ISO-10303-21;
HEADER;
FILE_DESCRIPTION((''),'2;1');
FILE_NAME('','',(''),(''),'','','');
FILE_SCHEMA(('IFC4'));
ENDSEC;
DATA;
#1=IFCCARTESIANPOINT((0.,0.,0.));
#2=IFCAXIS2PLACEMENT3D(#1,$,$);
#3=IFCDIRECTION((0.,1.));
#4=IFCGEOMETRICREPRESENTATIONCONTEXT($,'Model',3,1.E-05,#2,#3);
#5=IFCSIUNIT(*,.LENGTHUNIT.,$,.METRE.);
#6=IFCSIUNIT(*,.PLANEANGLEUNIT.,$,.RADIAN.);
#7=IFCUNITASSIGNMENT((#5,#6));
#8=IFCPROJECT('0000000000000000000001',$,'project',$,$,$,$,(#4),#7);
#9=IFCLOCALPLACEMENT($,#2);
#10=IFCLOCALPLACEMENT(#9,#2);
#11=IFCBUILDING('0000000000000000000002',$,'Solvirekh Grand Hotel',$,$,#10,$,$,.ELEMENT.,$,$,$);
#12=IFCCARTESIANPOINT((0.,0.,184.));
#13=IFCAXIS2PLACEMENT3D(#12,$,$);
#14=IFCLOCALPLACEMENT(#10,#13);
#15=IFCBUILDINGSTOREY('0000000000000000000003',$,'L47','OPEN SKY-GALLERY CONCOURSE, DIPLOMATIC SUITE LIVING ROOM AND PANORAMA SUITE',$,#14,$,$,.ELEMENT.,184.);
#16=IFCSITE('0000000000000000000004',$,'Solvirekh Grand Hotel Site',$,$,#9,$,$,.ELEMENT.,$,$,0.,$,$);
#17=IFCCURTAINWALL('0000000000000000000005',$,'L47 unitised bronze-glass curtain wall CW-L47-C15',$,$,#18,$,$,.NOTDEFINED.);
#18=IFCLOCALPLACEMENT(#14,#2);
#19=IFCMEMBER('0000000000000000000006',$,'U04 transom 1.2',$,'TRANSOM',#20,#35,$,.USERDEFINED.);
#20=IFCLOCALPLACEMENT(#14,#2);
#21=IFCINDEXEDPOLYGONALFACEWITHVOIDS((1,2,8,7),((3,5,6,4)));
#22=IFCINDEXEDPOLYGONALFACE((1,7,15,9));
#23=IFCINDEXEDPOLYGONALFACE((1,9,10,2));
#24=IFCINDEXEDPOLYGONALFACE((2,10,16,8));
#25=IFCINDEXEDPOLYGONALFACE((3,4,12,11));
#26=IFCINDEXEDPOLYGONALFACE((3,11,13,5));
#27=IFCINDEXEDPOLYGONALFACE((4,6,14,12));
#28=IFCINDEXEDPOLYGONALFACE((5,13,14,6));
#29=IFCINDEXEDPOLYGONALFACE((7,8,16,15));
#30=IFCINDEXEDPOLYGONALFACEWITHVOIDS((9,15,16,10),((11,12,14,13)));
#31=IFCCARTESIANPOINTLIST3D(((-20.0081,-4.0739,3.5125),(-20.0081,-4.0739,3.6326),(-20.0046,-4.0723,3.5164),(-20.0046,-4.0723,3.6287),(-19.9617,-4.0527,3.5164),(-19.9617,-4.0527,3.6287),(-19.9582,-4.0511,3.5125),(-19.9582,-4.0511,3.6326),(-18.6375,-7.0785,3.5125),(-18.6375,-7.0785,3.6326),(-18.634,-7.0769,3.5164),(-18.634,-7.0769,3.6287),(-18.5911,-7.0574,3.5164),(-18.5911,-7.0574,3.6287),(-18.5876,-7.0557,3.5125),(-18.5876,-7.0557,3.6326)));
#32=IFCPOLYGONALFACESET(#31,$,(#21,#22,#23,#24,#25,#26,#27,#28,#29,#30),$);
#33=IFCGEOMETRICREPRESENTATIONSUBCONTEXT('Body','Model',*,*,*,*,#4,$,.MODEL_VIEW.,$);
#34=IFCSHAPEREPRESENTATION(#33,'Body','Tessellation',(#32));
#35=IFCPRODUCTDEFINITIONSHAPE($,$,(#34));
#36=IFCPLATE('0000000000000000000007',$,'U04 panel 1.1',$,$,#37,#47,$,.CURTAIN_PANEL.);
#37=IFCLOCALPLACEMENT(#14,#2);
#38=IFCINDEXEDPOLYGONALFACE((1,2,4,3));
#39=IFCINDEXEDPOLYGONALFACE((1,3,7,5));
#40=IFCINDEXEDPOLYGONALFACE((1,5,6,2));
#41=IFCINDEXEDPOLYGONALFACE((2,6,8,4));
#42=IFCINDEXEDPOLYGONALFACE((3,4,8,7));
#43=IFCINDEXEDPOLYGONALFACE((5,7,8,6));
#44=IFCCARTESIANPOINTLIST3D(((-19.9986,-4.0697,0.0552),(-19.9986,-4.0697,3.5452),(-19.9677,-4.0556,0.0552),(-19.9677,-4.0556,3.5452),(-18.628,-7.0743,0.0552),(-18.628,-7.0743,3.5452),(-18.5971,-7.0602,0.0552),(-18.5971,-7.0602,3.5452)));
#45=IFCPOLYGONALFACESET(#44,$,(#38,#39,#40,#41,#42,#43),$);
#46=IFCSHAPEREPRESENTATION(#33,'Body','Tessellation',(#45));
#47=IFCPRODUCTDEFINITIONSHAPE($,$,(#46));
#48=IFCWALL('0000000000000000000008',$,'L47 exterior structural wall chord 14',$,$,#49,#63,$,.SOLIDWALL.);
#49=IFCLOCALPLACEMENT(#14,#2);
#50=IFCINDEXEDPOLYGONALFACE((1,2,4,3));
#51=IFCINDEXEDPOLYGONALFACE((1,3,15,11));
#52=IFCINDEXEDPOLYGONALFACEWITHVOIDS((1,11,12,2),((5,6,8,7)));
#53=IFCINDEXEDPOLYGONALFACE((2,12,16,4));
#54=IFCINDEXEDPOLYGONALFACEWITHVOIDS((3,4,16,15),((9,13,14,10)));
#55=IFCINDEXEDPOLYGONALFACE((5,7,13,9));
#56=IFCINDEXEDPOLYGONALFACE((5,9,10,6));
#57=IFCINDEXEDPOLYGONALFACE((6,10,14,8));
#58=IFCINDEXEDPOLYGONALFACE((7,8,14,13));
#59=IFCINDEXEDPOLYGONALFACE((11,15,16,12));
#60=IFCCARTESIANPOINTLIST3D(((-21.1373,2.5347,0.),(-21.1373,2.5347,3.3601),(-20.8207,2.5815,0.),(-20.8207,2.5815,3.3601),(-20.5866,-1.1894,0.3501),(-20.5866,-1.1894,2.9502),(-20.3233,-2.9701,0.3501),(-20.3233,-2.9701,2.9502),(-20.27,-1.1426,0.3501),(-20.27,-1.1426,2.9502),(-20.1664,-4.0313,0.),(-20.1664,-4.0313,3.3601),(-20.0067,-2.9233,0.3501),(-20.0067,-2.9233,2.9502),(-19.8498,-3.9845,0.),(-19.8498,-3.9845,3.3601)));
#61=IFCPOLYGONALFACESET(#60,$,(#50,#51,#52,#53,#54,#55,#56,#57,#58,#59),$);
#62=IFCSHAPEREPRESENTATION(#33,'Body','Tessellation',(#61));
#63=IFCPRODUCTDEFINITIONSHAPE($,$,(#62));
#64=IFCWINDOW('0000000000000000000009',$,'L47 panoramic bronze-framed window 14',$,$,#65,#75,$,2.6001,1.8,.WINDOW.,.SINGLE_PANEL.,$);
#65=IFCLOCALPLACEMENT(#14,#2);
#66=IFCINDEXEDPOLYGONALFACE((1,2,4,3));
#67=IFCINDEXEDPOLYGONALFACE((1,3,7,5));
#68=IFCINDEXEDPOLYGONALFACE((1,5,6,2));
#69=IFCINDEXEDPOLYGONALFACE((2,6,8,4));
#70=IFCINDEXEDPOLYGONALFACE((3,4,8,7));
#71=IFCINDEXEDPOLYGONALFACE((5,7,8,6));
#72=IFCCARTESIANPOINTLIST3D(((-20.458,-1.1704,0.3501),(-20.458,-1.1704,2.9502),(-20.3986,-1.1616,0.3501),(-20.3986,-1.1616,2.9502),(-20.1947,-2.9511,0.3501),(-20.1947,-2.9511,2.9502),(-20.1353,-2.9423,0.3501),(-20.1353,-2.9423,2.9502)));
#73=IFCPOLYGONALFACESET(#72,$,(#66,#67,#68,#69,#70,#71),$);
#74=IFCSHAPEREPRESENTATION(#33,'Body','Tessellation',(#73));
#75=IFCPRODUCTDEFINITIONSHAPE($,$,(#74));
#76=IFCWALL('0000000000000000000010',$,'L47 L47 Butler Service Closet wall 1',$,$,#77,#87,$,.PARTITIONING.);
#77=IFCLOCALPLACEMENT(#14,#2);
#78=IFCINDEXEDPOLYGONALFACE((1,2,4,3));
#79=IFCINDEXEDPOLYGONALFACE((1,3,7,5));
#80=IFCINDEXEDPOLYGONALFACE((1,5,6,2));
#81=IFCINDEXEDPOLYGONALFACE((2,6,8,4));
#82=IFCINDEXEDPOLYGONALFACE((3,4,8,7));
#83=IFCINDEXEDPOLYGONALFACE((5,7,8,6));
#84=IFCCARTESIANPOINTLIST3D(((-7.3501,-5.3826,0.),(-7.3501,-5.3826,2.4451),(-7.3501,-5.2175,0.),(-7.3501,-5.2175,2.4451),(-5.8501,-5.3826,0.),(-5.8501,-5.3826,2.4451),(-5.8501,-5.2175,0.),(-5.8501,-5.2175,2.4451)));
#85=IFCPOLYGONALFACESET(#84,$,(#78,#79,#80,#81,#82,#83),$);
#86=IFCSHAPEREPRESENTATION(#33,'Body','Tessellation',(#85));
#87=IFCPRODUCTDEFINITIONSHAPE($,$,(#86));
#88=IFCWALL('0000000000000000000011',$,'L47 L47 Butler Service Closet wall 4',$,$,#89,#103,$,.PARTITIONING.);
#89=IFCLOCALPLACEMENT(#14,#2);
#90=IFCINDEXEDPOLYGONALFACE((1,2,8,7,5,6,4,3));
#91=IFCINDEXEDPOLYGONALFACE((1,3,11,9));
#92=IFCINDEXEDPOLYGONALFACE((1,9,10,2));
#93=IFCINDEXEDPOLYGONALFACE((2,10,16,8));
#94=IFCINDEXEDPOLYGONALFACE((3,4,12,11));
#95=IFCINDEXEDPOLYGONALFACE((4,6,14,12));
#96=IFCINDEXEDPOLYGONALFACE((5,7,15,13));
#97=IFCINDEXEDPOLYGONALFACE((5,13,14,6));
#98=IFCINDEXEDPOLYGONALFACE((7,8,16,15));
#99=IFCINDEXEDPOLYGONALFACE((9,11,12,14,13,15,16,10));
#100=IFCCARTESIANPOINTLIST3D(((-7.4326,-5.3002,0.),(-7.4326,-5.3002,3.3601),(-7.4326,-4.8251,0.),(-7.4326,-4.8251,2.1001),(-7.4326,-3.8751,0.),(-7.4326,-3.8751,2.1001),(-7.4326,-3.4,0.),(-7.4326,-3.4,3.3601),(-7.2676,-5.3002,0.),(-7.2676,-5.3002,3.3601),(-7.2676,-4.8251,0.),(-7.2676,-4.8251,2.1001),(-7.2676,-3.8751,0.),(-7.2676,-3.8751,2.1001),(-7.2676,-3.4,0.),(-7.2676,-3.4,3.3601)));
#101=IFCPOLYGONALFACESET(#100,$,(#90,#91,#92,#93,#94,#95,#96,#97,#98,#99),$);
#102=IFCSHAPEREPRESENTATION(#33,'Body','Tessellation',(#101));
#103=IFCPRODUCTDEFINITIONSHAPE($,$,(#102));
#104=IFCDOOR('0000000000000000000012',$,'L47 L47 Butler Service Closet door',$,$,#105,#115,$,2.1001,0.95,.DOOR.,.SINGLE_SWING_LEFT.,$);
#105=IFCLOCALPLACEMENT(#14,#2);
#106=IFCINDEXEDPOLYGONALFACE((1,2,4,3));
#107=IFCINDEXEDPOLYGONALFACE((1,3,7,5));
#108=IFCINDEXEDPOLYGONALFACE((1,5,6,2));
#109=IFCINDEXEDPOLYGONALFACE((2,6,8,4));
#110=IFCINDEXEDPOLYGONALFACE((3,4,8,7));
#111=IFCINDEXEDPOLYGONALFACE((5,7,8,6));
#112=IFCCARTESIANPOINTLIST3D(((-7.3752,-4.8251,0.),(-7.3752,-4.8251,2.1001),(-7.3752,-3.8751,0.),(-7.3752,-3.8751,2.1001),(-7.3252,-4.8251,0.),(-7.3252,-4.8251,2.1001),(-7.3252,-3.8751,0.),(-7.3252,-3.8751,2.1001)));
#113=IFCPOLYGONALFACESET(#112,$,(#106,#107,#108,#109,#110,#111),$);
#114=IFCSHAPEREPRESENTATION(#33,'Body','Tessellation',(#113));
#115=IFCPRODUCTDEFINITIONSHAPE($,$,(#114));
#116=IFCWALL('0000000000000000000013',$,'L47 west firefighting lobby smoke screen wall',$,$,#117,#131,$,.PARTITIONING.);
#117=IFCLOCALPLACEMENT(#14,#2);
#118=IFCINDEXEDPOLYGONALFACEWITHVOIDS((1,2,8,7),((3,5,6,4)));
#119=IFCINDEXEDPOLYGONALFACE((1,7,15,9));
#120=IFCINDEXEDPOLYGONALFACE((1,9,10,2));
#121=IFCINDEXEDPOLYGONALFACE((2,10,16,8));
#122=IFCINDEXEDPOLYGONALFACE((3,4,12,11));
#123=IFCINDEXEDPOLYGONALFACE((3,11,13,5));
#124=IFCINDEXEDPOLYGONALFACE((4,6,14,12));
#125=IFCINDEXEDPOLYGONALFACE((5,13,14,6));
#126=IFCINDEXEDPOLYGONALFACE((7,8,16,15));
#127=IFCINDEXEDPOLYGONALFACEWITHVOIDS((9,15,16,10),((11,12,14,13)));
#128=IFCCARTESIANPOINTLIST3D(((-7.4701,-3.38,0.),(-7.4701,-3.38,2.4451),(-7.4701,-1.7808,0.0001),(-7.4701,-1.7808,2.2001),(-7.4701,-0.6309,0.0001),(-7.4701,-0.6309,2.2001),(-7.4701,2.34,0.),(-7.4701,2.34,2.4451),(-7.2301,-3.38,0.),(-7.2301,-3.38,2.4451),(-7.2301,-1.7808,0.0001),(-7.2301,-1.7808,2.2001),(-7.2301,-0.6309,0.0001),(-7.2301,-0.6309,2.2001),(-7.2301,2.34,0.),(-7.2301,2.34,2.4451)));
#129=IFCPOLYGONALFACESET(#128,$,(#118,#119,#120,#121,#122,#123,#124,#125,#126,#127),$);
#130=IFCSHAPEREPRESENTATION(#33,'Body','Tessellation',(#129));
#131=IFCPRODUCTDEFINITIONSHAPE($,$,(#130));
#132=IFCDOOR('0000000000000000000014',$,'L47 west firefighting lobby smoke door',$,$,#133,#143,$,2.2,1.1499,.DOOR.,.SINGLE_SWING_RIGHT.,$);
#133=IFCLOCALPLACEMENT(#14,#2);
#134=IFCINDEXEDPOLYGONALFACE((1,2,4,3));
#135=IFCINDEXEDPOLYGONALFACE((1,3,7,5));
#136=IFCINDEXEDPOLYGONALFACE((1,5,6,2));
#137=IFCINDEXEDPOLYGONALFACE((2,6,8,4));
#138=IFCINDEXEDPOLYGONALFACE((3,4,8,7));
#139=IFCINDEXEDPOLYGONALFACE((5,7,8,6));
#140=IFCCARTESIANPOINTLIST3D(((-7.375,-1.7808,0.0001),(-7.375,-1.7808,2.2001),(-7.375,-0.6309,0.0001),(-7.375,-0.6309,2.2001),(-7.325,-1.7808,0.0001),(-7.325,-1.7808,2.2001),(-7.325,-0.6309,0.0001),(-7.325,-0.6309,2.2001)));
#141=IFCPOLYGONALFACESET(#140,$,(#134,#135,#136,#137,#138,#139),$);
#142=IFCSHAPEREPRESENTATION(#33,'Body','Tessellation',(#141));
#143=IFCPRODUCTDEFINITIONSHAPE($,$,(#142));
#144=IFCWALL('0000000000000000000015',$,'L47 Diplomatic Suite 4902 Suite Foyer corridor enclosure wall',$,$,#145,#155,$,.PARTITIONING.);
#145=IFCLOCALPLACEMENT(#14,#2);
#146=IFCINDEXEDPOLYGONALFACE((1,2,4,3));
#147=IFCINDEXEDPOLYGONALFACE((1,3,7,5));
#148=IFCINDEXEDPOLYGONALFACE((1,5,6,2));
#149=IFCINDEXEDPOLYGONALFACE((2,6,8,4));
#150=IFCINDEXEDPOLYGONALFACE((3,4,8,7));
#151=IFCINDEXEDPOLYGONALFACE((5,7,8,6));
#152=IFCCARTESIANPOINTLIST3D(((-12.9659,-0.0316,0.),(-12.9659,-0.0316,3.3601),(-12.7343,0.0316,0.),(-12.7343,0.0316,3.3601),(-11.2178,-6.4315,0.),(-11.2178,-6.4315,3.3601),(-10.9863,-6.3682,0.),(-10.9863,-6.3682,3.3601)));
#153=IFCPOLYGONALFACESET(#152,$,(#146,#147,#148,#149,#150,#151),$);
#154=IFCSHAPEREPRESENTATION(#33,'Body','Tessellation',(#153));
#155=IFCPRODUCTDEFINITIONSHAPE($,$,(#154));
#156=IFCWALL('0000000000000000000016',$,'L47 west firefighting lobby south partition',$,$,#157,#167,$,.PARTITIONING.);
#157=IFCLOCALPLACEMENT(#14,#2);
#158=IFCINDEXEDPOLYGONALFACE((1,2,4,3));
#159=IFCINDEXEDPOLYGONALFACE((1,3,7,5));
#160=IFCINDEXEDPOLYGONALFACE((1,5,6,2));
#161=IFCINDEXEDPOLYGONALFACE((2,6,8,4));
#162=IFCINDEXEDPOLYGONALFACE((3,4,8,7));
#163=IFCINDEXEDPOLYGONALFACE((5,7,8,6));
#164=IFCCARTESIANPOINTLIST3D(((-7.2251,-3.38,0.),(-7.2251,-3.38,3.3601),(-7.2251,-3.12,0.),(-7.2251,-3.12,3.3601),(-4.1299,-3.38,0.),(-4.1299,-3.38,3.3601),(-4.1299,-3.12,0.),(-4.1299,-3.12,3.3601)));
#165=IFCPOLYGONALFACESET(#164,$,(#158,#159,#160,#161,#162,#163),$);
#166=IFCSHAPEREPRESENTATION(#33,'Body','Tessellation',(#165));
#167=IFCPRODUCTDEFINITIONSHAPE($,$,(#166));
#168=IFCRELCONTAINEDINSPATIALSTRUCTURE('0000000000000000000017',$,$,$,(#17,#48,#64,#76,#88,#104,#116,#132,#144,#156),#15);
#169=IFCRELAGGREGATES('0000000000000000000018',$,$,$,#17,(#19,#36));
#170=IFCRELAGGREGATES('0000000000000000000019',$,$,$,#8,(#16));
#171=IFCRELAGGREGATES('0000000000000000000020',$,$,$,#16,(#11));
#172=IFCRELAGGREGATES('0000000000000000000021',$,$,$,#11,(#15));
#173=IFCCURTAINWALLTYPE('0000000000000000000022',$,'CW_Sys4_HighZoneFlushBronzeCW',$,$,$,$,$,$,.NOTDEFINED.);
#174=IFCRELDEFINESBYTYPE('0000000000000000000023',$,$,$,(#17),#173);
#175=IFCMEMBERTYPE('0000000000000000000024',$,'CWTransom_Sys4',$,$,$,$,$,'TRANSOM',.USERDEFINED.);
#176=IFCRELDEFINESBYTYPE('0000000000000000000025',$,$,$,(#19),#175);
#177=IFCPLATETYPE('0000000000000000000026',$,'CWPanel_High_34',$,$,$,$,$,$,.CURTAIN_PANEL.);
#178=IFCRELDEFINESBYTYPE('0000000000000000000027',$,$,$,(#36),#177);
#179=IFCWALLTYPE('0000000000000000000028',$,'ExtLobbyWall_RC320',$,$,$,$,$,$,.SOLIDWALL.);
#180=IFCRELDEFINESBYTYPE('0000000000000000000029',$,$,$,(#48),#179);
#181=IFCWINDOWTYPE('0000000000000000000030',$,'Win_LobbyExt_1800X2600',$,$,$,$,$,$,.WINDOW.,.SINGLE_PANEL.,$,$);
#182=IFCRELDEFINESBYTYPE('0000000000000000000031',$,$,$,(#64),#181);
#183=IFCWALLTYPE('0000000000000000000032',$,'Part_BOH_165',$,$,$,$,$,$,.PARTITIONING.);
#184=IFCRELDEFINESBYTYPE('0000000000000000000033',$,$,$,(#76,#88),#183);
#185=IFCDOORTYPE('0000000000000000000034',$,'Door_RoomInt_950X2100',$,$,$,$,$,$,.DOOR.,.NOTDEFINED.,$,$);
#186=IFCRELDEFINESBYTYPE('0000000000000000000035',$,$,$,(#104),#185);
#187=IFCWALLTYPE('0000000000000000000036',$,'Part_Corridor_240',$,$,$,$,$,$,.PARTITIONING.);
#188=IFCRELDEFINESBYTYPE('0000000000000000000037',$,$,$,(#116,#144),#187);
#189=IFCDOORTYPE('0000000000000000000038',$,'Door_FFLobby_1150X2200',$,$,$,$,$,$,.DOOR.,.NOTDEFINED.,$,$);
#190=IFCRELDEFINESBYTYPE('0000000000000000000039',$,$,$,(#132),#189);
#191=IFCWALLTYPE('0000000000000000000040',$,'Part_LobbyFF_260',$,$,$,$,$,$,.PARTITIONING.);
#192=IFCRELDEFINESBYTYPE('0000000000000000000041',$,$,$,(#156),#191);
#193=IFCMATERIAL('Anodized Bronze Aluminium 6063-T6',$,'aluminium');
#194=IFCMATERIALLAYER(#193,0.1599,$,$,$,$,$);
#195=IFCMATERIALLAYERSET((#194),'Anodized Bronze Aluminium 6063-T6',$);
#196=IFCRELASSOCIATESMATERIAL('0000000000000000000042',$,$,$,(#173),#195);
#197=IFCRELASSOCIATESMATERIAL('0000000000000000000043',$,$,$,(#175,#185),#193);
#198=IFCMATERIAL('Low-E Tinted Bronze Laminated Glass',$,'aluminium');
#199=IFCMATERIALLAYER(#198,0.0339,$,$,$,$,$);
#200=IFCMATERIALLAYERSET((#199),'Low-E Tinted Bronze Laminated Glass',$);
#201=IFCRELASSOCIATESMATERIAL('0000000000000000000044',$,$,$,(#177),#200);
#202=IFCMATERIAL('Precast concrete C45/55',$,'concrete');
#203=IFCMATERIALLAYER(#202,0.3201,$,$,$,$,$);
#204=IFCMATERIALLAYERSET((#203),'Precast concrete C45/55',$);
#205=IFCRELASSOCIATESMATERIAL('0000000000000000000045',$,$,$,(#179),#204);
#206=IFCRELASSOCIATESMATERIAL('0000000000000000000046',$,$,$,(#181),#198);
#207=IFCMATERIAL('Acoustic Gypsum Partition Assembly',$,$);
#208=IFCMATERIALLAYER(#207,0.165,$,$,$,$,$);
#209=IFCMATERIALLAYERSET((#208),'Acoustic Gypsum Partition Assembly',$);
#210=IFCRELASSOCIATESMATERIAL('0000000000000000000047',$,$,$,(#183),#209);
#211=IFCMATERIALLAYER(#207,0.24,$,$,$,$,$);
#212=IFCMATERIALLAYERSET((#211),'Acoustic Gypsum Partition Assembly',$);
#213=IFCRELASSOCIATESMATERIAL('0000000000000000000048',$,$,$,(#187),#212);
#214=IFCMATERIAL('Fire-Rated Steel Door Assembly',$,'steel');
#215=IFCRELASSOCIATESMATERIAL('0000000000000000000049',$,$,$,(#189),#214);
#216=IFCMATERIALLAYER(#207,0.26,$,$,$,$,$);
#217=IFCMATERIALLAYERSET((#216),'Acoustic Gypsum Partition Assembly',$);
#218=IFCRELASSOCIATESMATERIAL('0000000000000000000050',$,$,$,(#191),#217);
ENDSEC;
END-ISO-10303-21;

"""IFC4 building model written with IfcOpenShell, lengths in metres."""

from ifc_helpers import new_model, si_unit, direction, frame, frame_2d, origin, origin_2d, place, context, subcontext, project, spatial, rectangle, hollow_rectangle, extrude, source, transform, mapped, material, layer, layer_set, material_profile, profile_set, type_object, element, fill, aggregate, save


model = new_model("IFC4")

# Units and contexts
model_context = context("Model", 3, precision=1e-05, world=origin(), true_north=direction((0.0, 1.0)))
body_context = subcontext(model_context, "Body", "Model", "MODEL_VIEW")
ifc_project = project(units=[si_unit("LENGTHUNIT", "METRE"), si_unit("PLANEANGLEUNIT", "RADIAN")], contexts=[model_context])

# Site, building, storey
site_placement = place(None, origin())
site = spatial("IfcSite", under=ifc_project, at=site_placement, Name="Solvirekh Grand Hotel Site", CompositionType="ELEMENT", RefElevation=0.0)
building_placement = place(site_placement, origin())
building = spatial("IfcBuilding", under=site, at=building_placement, Name="Solvirekh Grand Hotel", CompositionType="ELEMENT")
storey_placement = place(building_placement, frame((0.0, 0.0, 184.0)))
storey = spatial("IfcBuildingStorey", under=building, at=storey_placement, Name="L47", Description="OPEN SKY-GALLERY CONCOURSE, DIPLOMATIC SUITE LIVING ROOM AND PANORAMA SUITE", CompositionType="ELEMENT", Elevation=184.0)

# Curtain wall, member, plate
ifc_material_1 = material(Name="Anodized Bronze Aluminium 6063-T6", Category="aluminium")
ifc_layer_1 = layer(ifc_material_1, 0.1599)
ifc_layer_set_1 = layer_set([ifc_layer_1], Name="Anodized Bronze Aluminium 6063-T6")
curtain_wall_type = type_object("IfcCurtainWallType", Name="CW_Sys4_HighZoneFlushBronzeCW", PredefinedType="NOTDEFINED", material=ifc_layer_set_1)
curtain_wall_placement = place(storey_placement, origin())
curtain_wall = element("IfcCurtainWall", 1, at=curtain_wall_placement, inside=storey, type_object=curtain_wall_type, Name="L47 unitised bronze-glass curtain wall CW-L47-C15", PredefinedType="NOTDEFINED")
ifc_material_profile_1 = material_profile(ifc_material_1, hollow_rectangle(XDim=0.0549, YDim=0.1201, WallThickness=0.0039, at=origin_2d()), Name="ALU RHS 120X55X4")
ifc_profile_set_1 = profile_set([ifc_material_profile_1], Name="Anodized Bronze Aluminium 6063-T6")
member_type_1 = type_object("IfcMemberType", Name="CWTransom_Sys4", ElementType="TRANSOM", PredefinedType="USERDEFINED", material=ifc_profile_set_1)
shared_shape_1 = source(origin(), body_context, "Body", "SweptSolid", [
    extrude(hollow_rectangle(XDim=0.0549, YDim=0.1201, WallThickness=0.0039, at=origin_2d()), origin(), (0.0, 0.0, 1.0), 3.3025),
])
member_1_placement = place(storey_placement, frame((-19.9832, -4.0625, 3.5725), z_axis=(0.415022, -0.909811, 0.0), x_axis=(0.909811, 0.415022, 0.0)))
member_1 = element("IfcMember", 2, at=member_1_placement, type_object=member_type_1, Name="U04 transom 1.2", ObjectType="TRANSOM", PredefinedType="USERDEFINED", context=body_context, shape_type="MappedRepresentation", body=[
    mapped(shared_shape_1, transform((0.0, 0.0, 0.0), x_axis=(1.0, 0.0, 0.0), y_axis=(0.0, 1.0, 0.0), z_axis=(0.0, 0.0, 1.0), scale=1.0)),
])
ifc_material_2 = material(Name="Low-E Tinted Bronze Laminated Glass", Category="aluminium")
ifc_layer_2 = layer(ifc_material_2, 0.0339)
ifc_layer_set_2 = layer_set([ifc_layer_2], Name="Low-E Tinted Bronze Laminated Glass")
plate_type = type_object("IfcPlateType", Name="CWPanel_High_34", PredefinedType="CURTAIN_PANEL", material=ifc_layer_set_2)
shared_shape_2 = source(origin(), body_context, "Body", "SweptSolid", [
    extrude(rectangle(XDim=3.3025, YDim=0.0339, at=origin_2d()), origin(), (0.0, 0.0, 1.0), 3.49),
])
plate_placement = place(storey_placement, frame((-19.2979, -5.5649, 0.0552), z_axis=(0.0, 0.0, 1.0), x_axis=(0.415035, -0.909805, 0.0)))
plate = element("IfcPlate", 3, at=plate_placement, type_object=plate_type, Name="U04 panel 1.1", PredefinedType="CURTAIN_PANEL", context=body_context, shape_type="MappedRepresentation", body=[
    mapped(shared_shape_2, transform((0.0, 0.0, 0.0), x_axis=(1.0, 0.0, 0.0), y_axis=(0.0, 1.0, 0.0), z_axis=(0.0, 0.0, 1.0), scale=1.0)),
])
aggregate(curtain_wall, [member_1, plate])

# Wall, opening, window
ifc_material_3 = material(Name="Precast concrete C45/55", Category="concrete")
ifc_layer_3 = layer(ifc_material_3, 0.3201)
ifc_layer_set_3 = layer_set([ifc_layer_3], Name="Precast concrete C45/55")
wall_type_1 = type_object("IfcWallType", Name="ExtLobbyWall_RC320", PredefinedType="SOLIDWALL", material=ifc_layer_set_3)
wall_1_placement = place(storey_placement, frame((-20.0081, -4.0081, 0.0), z_axis=(0.0, 0.0, 1.0), x_axis=(-0.146281, 0.989243, 0.0)))
wall_1 = element("IfcWall", 4, at=wall_1_placement, inside=storey, type_object=wall_type_1, Name="L47 exterior structural wall chord 14", PredefinedType="SOLIDWALL", context=body_context, shape_type="SweptSolid", body=[
    extrude(rectangle(XDim=6.6375, YDim=0.3201, at=frame_2d((3.3188, 0.0))), origin(), (0.0, 0.0, 1.0), 3.3601),
])
opening_1_placement = place(wall_1_placement, frame((1.073, 0.0, 0.3501)))
opening_1 = element("IfcOpeningElement", 5, at=opening_1_placement, cuts=wall_1, PredefinedType="OPENING", context=body_context, shape_type="SweptSolid", body=[
    extrude(rectangle(XDim=1.8, YDim=2.6001, at=frame_2d((0.8999, 1.3))), frame((0.0, 0.1699, 0.0), z_axis=(0.0, -1.0, 0.0), x_axis=(1.0, 0.0, 0.0)), (0.0, 0.0, 1.0), 0.3401),
])
window_type = type_object("IfcWindowType", Name="Win_LobbyExt_1800X2600", PartitioningType="SINGLE_PANEL", PredefinedType="WINDOW", material=ifc_material_2)
window_placement = place(opening_1_placement, origin())
window = element("IfcWindow", 6, at=window_placement, inside=storey, type_object=window_type, Name="L47 panoramic bronze-framed window 14", OverallHeight=2.6001, OverallWidth=1.8, PartitioningType="SINGLE_PANEL", PredefinedType="WINDOW", context=body_context, shape_type="SweptSolid", body=[
    extrude(rectangle(XDim=1.8, YDim=2.6001, at=frame_2d((0.8999, 1.3))), frame((0.0, 0.03, 0.0), z_axis=(0.0, -1.0, 0.0), x_axis=(1.0, 0.0, 0.0)), (0.0, 0.0, 1.0), 0.0601),
])
fill(opening_1, window)

# Wall
ifc_material_4 = material(Name="Acoustic Gypsum Partition Assembly")
ifc_layer_4 = layer(ifc_material_4, 0.165)
ifc_layer_set_4 = layer_set([ifc_layer_4], Name="Acoustic Gypsum Partition Assembly")
wall_type_2 = type_object("IfcWallType", Name="Part_BOH_165", PredefinedType="PARTITIONING", material=ifc_layer_set_4)
wall_2_placement = place(storey_placement, frame((-7.3501, -5.3, 0.0), z_axis=(0.0, 0.0, 1.0), x_axis=(1.0, 0.0, 0.0)))
element("IfcWall", 7, at=wall_2_placement, inside=storey, type_object=wall_type_2, Name="L47 L47 Butler Service Closet wall 1", PredefinedType="PARTITIONING", context=body_context, shape_type="SweptSolid", body=[
    extrude(rectangle(XDim=1.5, YDim=0.165, at=frame_2d((0.75, 0.0))), origin(), (0.0, 0.0, 1.0), 2.4451),
])

# Walls, openings, doors
wall_3_placement = place(storey_placement, frame((-7.3501, -3.3999, 0.0), z_axis=(0.0, 0.0, 1.0), x_axis=(0.0, -1.0, 0.0)))
wall_3 = element("IfcWall", 8, at=wall_3_placement, inside=storey, type_object=wall_type_2, Name="L47 L47 Butler Service Closet wall 4", PredefinedType="PARTITIONING", context=body_context, shape_type="SweptSolid", body=[
    extrude(rectangle(XDim=1.9001, YDim=0.165, at=frame_2d((0.9502, 0.0))), origin(), (0.0, 0.0, 1.0), 3.3601),
])
opening_2_placement = place(wall_3_placement, frame((0.4751, 0.0, 0.0)))
opening_2 = element("IfcOpeningElement", 9, at=opening_2_placement, cuts=wall_3, PredefinedType="OPENING", context=body_context, shape_type="SweptSolid", body=[
    extrude(rectangle(XDim=0.95, YDim=2.1001, at=frame_2d((0.4751, 1.05))), frame((0.0, 0.0925, 0.0), z_axis=(0.0, -1.0, 0.0), x_axis=(1.0, 0.0, 0.0)), (0.0, 0.0, 1.0), 0.1851),
])
door_type_1 = type_object("IfcDoorType", Name="Door_RoomInt_950X2100", OperationType="NOTDEFINED", PredefinedType="DOOR", material=ifc_material_1)
door_1_placement = place(opening_2_placement, origin())
door_1 = element("IfcDoor", 10, at=door_1_placement, inside=storey, type_object=door_type_1, Name="L47 L47 Butler Service Closet door", OperationType="SINGLE_SWING_LEFT", OverallHeight=2.1001, OverallWidth=0.95, PredefinedType="DOOR", context=body_context, shape_type="SweptSolid", body=[
    extrude(rectangle(XDim=0.95, YDim=2.1001, at=frame_2d((0.4751, 1.05))), frame((0.0, 0.0249, 0.0), z_axis=(0.0, -1.0, 0.0), x_axis=(1.0, 0.0, 0.0)), (0.0, 0.0, 1.0), 0.05),
])
fill(opening_2, door_1)
ifc_layer_5 = layer(ifc_material_4, 0.24)
ifc_layer_set_5 = layer_set([ifc_layer_5], Name="Acoustic Gypsum Partition Assembly")
wall_type_3 = type_object("IfcWallType", Name="Part_Corridor_240", PredefinedType="PARTITIONING", material=ifc_layer_set_5)
wall_4_placement = place(storey_placement, frame((-7.3501, -3.3799, 0.0), z_axis=(0.0, 0.0, 1.0), x_axis=(0.0, 1.0, 0.0)))
wall_4 = element("IfcWall", 11, at=wall_4_placement, inside=storey, type_object=wall_type_3, Name="L47 west firefighting lobby smoke screen wall", PredefinedType="PARTITIONING", context=body_context, shape_type="SweptSolid", body=[
    extrude(rectangle(XDim=5.72, YDim=0.24, at=frame_2d((2.8599, 0.0))), origin(), (0.0, 0.0, 1.0), 2.4451),
])
opening_3_placement = place(wall_4_placement, frame((1.5991, 0.0, 0.0)))
opening_3 = element("IfcOpeningElement", 12, at=opening_3_placement, cuts=wall_4, PredefinedType="OPENING", context=body_context, shape_type="SweptSolid", body=[
    extrude(rectangle(XDim=1.1499, YDim=2.2, at=frame_2d((0.575, 1.1001))), frame((0.0, 0.1299, 0.0), z_axis=(0.0, -1.0, 0.0), x_axis=(1.0, 0.0, 0.0)), (0.0, 0.0, 1.0), 0.26),
])
ifc_material_5 = material(Name="Fire-Rated Steel Door Assembly", Category="steel")
door_type_2 = type_object("IfcDoorType", Name="Door_FFLobby_1150X2200", OperationType="NOTDEFINED", PredefinedType="DOOR", material=ifc_material_5)
door_2_placement = place(opening_3_placement, origin())
door_2 = element("IfcDoor", 13, at=door_2_placement, inside=storey, type_object=door_type_2, Name="L47 west firefighting lobby smoke door", OperationType="SINGLE_SWING_RIGHT", OverallHeight=2.2, OverallWidth=1.1499, PredefinedType="DOOR", context=body_context, shape_type="SweptSolid", body=[
    extrude(rectangle(XDim=1.1499, YDim=2.2, at=frame_2d((0.575, 1.1001))), frame((0.0, 0.0249, 0.0), z_axis=(0.0, -1.0, 0.0), x_axis=(1.0, 0.0, 0.0)), (0.0, 0.0, 1.0), 0.05),
])
fill(opening_3, door_2)

# Walls
wall_5_placement = place(storey_placement, frame((-12.8501, 0.0, 0.0), z_axis=(0.0, 0.0, 1.0), x_axis=(0.263485, -0.964664, 0.0)))
element("IfcWall", 14, at=wall_5_placement, inside=storey, type_object=wall_type_3, Name="L47 Diplomatic Suite 4902 Suite Foyer corridor enclosure wall", PredefinedType="PARTITIONING", context=body_context, shape_type="SweptSolid", body=[
    extrude(rectangle(XDim=6.6343, YDim=0.24, at=frame_2d((3.3171, 0.0))), origin(), (0.0, 0.0, 1.0), 3.3601),
])
ifc_layer_6 = layer(ifc_material_4, 0.26)
ifc_layer_set_6 = layer_set([ifc_layer_6], Name="Acoustic Gypsum Partition Assembly")
wall_type_4 = type_object("IfcWallType", Name="Part_LobbyFF_260", PredefinedType="PARTITIONING", material=ifc_layer_set_6)
wall_6_placement = place(storey_placement, frame((-7.2251, -3.25, 0.0), z_axis=(0.0, 0.0, 1.0), x_axis=(1.0, 0.0, 0.0)))
element("IfcWall", 15, at=wall_6_placement, inside=storey, type_object=wall_type_4, Name="L47 west firefighting lobby south partition", PredefinedType="PARTITIONING", context=body_context, shape_type="SweptSolid", body=[
    extrude(rectangle(XDim=3.0952, YDim=0.26, at=frame_2d((1.5476, 0.0))), origin(), (0.0, 0.0, 1.0), 3.3601),
])

save(model, "model.ifc")
